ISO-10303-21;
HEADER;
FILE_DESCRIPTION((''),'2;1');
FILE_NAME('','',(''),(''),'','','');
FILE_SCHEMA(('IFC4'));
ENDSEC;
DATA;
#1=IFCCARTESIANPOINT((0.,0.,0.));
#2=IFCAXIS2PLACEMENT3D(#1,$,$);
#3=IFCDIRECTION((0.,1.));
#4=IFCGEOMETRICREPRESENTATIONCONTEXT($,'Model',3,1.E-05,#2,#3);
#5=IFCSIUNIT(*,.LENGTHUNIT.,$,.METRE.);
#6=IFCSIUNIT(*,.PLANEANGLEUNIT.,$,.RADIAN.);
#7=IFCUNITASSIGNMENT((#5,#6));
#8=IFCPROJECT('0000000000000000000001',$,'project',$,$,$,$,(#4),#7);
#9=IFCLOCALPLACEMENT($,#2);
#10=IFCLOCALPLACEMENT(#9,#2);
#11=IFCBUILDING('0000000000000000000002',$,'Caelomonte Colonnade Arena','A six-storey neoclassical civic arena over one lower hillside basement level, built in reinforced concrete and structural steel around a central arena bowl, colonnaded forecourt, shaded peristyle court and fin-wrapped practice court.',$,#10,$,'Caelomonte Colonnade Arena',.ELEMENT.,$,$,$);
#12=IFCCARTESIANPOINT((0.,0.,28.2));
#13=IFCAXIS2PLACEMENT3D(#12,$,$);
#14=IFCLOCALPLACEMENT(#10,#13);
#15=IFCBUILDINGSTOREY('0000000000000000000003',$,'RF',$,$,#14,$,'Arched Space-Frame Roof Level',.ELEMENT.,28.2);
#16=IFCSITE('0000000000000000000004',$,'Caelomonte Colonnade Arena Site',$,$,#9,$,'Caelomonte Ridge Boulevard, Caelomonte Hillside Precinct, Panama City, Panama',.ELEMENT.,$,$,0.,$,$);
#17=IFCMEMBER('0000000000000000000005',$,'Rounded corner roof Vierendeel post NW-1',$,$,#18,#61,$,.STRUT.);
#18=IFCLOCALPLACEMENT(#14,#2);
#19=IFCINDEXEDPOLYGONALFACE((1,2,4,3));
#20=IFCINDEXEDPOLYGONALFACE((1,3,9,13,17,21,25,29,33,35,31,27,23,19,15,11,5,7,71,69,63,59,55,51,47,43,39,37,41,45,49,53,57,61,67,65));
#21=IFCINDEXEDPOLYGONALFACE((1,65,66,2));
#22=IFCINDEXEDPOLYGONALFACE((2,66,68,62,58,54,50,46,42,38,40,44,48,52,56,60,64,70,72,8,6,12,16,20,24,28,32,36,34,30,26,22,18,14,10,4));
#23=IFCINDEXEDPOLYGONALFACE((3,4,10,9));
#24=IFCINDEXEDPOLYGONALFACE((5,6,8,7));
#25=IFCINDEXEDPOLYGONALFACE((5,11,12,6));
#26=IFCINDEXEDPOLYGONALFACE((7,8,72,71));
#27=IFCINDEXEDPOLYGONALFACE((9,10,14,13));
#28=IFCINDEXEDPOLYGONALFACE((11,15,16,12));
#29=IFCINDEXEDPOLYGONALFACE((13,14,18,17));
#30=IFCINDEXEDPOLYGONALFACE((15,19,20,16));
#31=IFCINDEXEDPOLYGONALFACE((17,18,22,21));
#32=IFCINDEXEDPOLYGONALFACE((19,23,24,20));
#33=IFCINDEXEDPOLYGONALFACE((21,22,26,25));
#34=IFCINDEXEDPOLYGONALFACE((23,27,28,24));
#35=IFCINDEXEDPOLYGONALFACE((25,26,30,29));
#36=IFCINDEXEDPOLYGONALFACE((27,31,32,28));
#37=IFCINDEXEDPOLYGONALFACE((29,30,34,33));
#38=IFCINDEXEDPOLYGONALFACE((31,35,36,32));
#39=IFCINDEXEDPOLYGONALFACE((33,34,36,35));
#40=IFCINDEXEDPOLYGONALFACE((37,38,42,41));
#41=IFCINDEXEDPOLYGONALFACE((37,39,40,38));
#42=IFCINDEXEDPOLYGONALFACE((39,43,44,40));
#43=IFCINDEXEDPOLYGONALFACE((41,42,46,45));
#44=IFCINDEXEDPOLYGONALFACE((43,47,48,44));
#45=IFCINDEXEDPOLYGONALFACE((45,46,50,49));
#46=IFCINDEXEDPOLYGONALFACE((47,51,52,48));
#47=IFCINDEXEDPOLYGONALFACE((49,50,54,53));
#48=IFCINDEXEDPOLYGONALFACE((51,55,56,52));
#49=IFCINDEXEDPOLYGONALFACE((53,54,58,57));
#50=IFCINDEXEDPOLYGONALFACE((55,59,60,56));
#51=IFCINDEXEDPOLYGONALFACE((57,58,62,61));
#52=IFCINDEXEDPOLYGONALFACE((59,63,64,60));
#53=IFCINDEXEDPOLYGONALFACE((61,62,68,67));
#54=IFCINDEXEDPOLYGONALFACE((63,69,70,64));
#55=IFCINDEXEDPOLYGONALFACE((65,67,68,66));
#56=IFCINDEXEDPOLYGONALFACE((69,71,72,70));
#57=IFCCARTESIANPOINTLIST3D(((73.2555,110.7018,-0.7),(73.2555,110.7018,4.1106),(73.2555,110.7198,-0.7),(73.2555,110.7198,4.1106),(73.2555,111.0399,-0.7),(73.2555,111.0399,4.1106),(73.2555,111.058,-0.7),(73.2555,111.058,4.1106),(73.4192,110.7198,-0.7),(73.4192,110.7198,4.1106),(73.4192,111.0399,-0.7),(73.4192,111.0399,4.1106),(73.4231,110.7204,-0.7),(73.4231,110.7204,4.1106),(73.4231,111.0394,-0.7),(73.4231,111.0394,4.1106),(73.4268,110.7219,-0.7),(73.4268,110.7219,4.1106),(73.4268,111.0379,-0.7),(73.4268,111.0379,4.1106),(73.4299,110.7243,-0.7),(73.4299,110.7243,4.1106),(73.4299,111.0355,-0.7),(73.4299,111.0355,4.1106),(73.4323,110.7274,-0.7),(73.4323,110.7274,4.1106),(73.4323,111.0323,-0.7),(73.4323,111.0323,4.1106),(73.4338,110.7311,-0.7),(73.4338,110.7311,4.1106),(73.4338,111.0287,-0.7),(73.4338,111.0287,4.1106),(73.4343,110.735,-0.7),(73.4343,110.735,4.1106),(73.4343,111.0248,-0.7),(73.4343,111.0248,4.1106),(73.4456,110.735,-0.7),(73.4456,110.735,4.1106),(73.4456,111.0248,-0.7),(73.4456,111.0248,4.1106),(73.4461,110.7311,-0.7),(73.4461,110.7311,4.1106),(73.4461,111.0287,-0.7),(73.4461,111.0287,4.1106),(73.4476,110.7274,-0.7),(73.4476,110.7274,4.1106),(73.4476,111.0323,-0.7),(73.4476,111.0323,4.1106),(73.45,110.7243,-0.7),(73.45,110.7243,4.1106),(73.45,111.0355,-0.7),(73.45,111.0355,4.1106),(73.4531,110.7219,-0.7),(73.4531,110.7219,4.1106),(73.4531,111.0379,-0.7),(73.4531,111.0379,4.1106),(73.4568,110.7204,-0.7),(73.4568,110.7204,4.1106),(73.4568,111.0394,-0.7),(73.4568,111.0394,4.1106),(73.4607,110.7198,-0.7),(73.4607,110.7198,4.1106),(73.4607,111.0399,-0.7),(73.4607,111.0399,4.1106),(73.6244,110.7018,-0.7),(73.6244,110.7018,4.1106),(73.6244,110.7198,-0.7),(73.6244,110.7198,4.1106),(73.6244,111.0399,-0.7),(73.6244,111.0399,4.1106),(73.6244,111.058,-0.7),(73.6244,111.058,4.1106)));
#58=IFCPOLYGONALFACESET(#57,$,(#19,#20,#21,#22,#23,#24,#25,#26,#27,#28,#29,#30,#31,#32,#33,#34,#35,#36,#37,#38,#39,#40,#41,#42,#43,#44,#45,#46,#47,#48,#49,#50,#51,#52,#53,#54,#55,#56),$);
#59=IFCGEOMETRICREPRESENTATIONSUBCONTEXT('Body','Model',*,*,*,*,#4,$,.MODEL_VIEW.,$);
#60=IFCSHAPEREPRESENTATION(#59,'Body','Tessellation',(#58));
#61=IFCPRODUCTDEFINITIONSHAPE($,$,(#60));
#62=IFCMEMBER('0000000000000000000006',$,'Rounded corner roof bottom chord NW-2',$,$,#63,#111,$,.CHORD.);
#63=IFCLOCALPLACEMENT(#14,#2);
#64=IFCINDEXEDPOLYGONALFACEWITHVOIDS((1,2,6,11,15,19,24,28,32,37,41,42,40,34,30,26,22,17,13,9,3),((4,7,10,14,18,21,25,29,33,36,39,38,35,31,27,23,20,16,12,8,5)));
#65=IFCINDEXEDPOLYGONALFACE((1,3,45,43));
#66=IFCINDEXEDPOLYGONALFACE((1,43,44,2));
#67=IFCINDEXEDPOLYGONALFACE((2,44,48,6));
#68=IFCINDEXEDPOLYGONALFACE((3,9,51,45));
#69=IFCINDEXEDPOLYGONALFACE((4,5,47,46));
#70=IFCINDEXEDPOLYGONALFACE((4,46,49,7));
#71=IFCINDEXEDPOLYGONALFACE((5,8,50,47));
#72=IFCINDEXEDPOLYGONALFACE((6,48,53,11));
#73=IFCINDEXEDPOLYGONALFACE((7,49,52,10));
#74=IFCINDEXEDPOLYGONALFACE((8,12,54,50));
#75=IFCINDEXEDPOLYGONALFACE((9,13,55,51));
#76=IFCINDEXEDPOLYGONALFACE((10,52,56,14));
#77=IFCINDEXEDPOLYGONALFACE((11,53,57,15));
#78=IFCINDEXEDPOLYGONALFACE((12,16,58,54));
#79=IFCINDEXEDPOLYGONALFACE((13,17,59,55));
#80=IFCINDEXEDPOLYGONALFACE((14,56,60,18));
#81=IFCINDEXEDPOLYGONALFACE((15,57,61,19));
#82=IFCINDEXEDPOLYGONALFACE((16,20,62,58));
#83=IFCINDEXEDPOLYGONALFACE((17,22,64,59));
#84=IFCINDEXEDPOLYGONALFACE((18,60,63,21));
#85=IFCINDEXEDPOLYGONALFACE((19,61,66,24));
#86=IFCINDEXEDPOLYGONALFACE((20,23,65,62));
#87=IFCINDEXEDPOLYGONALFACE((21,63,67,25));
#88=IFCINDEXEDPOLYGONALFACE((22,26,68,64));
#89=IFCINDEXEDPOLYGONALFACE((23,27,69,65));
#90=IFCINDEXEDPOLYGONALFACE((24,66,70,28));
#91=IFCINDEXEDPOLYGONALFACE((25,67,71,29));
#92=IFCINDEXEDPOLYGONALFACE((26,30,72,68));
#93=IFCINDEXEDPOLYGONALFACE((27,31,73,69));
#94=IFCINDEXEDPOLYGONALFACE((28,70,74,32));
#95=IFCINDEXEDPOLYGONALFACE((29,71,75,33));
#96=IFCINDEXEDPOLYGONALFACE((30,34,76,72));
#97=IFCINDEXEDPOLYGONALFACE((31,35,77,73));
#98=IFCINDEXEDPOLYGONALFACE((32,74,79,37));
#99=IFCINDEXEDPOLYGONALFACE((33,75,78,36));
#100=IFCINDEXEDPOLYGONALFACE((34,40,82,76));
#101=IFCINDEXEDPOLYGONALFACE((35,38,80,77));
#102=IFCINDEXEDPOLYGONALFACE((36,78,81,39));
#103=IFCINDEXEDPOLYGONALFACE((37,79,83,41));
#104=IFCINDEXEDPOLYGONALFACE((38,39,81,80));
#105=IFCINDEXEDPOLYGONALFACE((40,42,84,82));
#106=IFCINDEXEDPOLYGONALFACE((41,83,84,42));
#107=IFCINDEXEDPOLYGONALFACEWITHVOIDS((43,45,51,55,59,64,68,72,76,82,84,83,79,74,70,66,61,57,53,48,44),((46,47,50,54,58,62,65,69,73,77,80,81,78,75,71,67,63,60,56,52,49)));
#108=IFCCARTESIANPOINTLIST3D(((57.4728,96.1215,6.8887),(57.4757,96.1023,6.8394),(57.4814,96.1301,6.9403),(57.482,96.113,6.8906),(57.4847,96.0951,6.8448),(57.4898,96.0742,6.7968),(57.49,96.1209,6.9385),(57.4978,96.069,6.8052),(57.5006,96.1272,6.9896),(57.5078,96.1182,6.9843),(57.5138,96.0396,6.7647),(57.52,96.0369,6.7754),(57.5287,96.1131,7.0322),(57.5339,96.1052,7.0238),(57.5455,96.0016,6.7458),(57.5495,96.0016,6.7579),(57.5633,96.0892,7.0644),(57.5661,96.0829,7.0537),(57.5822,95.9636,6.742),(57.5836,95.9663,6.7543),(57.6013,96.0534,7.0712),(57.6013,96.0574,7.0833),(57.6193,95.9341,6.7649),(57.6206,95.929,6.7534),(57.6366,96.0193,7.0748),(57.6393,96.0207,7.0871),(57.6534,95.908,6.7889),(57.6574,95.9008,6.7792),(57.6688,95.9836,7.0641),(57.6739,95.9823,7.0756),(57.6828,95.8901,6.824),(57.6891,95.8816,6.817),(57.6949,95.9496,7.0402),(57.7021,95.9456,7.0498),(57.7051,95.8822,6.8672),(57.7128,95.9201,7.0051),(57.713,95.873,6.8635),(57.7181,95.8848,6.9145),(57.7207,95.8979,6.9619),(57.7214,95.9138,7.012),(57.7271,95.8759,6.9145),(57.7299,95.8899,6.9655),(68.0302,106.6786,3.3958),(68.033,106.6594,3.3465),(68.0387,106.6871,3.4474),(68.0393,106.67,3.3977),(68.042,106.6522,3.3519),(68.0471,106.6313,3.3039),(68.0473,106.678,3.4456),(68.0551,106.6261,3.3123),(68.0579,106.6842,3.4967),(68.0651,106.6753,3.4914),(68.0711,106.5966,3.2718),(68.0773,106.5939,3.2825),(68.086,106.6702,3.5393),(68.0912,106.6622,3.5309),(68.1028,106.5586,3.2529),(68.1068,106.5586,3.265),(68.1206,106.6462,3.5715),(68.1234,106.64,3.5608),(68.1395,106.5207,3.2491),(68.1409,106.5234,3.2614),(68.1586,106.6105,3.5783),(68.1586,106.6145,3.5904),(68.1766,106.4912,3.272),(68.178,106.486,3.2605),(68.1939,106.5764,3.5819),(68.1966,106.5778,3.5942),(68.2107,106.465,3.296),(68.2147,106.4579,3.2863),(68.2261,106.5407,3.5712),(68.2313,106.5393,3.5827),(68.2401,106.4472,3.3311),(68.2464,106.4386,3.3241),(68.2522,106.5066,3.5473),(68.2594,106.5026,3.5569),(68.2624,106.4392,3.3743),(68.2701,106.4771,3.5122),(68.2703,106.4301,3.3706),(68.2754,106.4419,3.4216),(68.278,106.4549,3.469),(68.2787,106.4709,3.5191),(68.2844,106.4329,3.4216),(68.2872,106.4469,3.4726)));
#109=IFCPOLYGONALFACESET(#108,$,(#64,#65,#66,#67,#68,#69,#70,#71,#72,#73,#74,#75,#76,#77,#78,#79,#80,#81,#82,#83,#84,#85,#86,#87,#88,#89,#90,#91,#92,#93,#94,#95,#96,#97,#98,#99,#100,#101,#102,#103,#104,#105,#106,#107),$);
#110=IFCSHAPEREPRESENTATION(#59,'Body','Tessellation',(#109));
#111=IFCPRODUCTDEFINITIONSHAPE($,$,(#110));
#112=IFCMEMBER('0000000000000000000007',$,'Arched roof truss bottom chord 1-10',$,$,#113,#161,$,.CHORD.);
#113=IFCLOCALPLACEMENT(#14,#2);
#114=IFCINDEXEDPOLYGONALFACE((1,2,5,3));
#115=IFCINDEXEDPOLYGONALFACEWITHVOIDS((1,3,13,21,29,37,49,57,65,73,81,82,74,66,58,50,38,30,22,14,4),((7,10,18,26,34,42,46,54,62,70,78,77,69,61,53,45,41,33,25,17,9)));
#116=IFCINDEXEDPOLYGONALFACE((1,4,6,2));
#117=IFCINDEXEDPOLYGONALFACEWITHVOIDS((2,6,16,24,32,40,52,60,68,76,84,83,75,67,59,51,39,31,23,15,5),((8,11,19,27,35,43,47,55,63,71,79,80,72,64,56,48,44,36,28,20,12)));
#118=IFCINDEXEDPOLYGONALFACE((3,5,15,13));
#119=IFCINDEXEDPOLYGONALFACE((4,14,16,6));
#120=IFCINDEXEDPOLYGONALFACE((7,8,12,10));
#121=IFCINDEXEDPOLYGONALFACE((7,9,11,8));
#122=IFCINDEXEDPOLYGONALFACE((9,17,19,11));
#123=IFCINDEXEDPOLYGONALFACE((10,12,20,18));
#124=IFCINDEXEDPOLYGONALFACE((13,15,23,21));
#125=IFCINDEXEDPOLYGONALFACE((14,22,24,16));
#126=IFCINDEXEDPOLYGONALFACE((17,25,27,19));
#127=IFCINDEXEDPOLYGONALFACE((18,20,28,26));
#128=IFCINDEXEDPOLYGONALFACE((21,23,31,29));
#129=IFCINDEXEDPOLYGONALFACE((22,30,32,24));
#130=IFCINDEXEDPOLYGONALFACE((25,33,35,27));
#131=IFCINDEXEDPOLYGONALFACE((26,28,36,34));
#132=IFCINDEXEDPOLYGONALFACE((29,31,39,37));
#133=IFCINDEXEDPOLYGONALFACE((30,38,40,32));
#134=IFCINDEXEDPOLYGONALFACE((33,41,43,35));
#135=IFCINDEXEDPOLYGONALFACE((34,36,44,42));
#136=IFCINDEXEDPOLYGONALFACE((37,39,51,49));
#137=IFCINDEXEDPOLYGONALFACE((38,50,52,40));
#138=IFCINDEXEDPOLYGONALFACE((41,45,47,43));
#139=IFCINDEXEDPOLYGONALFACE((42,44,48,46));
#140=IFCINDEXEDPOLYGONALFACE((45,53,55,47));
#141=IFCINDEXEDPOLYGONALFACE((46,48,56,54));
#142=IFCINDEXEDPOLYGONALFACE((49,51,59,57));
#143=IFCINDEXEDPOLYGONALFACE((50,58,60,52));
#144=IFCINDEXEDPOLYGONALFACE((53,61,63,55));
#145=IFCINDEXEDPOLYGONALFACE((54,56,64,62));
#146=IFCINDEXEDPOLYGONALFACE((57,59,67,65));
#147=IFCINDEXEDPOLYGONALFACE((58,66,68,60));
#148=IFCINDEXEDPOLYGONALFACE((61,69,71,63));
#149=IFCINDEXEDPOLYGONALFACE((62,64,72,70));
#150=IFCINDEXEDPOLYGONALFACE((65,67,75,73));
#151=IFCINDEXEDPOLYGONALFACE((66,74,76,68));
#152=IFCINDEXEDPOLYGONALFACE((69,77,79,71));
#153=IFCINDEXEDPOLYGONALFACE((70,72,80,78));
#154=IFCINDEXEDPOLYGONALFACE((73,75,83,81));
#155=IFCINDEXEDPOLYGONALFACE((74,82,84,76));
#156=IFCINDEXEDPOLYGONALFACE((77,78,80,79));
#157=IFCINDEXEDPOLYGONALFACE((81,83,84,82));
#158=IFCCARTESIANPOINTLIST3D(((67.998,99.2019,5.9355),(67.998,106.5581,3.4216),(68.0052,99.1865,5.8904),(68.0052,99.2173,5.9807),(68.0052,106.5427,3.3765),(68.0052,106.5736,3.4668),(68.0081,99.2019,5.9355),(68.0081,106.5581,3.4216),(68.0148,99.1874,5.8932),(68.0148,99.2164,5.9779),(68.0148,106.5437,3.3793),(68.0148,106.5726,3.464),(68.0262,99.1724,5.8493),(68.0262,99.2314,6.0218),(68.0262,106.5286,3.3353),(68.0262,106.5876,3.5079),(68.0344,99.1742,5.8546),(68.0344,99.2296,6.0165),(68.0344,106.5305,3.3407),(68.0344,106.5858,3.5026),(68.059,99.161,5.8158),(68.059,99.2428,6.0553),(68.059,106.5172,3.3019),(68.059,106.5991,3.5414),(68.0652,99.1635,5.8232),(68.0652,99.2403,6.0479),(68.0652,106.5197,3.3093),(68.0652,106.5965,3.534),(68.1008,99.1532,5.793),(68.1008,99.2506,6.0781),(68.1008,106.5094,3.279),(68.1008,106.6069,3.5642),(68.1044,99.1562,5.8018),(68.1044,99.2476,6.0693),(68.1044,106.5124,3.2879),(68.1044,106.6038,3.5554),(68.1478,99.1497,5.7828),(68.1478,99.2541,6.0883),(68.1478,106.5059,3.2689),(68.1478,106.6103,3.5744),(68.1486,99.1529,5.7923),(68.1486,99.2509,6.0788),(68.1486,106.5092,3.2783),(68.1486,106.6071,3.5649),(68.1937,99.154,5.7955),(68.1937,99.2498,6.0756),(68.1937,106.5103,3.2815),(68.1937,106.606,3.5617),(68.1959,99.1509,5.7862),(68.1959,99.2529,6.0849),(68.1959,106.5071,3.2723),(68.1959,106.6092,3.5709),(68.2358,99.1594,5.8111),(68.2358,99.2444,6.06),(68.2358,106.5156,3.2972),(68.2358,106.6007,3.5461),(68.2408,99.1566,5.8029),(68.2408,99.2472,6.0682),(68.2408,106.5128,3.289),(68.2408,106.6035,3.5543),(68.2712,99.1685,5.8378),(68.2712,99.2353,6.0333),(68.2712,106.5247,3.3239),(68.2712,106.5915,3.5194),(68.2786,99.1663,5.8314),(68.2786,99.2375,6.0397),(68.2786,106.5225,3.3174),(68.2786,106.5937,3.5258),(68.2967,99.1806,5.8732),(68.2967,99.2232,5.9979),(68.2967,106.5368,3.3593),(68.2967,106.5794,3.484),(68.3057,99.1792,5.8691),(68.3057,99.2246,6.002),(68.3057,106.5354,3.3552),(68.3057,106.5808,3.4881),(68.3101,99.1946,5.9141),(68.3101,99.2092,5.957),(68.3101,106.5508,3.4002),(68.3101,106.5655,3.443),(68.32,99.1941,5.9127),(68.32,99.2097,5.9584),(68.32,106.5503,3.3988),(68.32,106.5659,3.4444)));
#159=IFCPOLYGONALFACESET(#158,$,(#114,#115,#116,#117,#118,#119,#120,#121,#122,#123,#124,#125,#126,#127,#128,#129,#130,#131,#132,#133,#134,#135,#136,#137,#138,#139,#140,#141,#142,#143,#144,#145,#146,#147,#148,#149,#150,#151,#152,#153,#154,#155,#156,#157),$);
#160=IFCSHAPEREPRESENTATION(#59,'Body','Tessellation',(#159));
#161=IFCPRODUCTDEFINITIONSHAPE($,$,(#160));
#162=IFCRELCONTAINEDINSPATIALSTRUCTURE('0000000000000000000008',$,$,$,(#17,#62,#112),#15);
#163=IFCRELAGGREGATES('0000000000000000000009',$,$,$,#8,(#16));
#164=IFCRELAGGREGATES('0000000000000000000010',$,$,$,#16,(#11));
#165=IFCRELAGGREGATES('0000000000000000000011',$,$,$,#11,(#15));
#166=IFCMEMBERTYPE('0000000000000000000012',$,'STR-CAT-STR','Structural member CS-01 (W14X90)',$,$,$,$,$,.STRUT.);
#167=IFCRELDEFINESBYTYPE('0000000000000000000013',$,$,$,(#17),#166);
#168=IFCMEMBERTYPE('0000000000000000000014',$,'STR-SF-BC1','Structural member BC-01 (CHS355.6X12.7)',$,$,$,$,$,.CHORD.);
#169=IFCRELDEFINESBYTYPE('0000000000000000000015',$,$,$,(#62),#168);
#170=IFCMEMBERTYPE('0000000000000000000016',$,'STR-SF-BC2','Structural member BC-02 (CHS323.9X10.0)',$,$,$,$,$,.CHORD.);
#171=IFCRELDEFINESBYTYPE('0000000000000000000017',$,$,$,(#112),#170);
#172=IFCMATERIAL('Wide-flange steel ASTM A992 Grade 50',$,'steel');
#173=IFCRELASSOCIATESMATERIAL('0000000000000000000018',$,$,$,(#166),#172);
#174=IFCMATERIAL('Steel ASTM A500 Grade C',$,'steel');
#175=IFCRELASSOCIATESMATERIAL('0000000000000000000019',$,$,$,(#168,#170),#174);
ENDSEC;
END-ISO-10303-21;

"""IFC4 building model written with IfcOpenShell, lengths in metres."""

from ifc_helpers import new_model, si_unit, direction, frame, origin, origin_2d, place, context, subcontext, project, spatial, hollow_circle, i_section, extrude, material, material_profile, profile_set, type_object, element, save


model = new_model("IFC4")

# Units and contexts
model_context = context("Model", 3, precision=1e-05, world=origin(), true_north=direction((0.0, 1.0)))
body_context = subcontext(model_context, "Body", "Model", "MODEL_VIEW")
ifc_project = project(units=[si_unit("LENGTHUNIT", "METRE"), si_unit("PLANEANGLEUNIT", "RADIAN")], contexts=[model_context])

# Site, building, storey
site_placement = place(None, origin())
site = spatial("IfcSite", under=ifc_project, at=site_placement, Name="Caelomonte Colonnade Arena Site", LongName="Caelomonte Ridge Boulevard, Caelomonte Hillside Precinct, Panama City, Panama", CompositionType="ELEMENT", RefElevation=0.0)
building_placement = place(site_placement, origin())
building = spatial("IfcBuilding", under=site, at=building_placement, Name="Caelomonte Colonnade Arena", Description="A six-storey neoclassical civic arena over one lower hillside basement level, built in reinforced concrete and structural steel around a central arena bowl, colonnaded forecourt, shaded peristyle court and fin-wrapped practice court.", LongName="Caelomonte Colonnade Arena", CompositionType="ELEMENT")
storey_placement = place(building_placement, frame((0.0, 0.0, 28.2)))
storey = spatial("IfcBuildingStorey", under=building, at=storey_placement, Name="RF", LongName="Arched Space-Frame Roof Level", CompositionType="ELEMENT", Elevation=28.2)

# Shared definitions
ifc_material_1 = material(Name="Wide-flange steel ASTM A992 Grade 50", Category="steel")

# Members
ifc_material_profile_1 = material_profile(ifc_material_1, i_section(OverallWidth=0.3689, OverallDepth=0.3562, WebThickness=0.0112, FlangeThickness=0.0181, FilletRadius=0.0151, at=origin_2d()), Name="W14X90")
ifc_profile_set_1 = profile_set([ifc_material_profile_1], Name="Wide-flange steel ASTM A992 Grade 50")
member_type_1 = type_object("IfcMemberType", Name="STR-CAT-STR", Description="Structural member CS-01 (W14X90)", PredefinedType="STRUT", material=ifc_profile_set_1)
member_1_placement = place(storey_placement, frame((73.4399, 110.8799, -0.7), z_axis=(0.0, 0.0, 1.0), x_axis=(1.0, 0.0, 0.0)))
element("IfcMember", 1, at=member_1_placement, inside=storey, type_object=member_type_1, Name="Rounded corner roof Vierendeel post NW-1", PredefinedType="STRUT", context=body_context, shape_type="SweptSolid", body=[
    extrude(i_section(OverallWidth=0.3689, OverallDepth=0.3562, WebThickness=0.0112, FlangeThickness=0.0181, FilletRadius=0.0151, at=origin_2d()), origin(), (0.0, 0.0, 1.0), 4.8105),
])
ifc_material_2 = material(Name="Steel ASTM A500 Grade C", Category="steel")
ifc_material_profile_2 = material_profile(ifc_material_2, hollow_circle(Radius=0.1777, WallThickness=0.0127, at=origin_2d()), Name="CHS355.6X12.7")
ifc_profile_set_2 = profile_set([ifc_material_profile_2], Name="Steel ASTM A500 Grade C")
member_type_2 = type_object("IfcMemberType", Name="STR-SF-BC1", Description="Structural member BC-01 (CHS355.6X12.7)", PredefinedType="CHORD", material=ifc_profile_set_2)
member_2_placement = place(storey_placement, frame((68.1587, 106.5586, 3.4216), z_axis=(-0.688524, -0.688508, 0.227799), x_axis=(0.707099, -0.707115, 0.0)))
element("IfcMember", 2, at=member_2_placement, inside=storey, type_object=member_type_2, Name="Rounded corner roof bottom chord NW-2", PredefinedType="CHORD", context=body_context, shape_type="SweptSolid", body=[
    extrude(hollow_circle(Radius=0.1777, WallThickness=0.0127, at=origin_2d()), origin(), (0.0, 0.0, 1.0), 15.3333),
])
ifc_material_profile_3 = material_profile(ifc_material_2, hollow_circle(Radius=0.1619, WallThickness=0.01, at=origin_2d()), Name="CHS323.9X10.0")
ifc_profile_set_3 = profile_set([ifc_material_profile_3], Name="Steel ASTM A500 Grade C")
member_type_3 = type_object("IfcMemberType", Name="STR-SF-BC2", Description="Structural member BC-02 (CHS323.9X10.0)", PredefinedType="CHORD", material=ifc_profile_set_3)
member_3_placement = place(storey_placement, frame((68.1599, 99.2019, 5.9355), z_axis=(0.0, 0.946269, -0.323379), x_axis=(-1.0, 0.0, 0.0)))
element("IfcMember", 3, at=member_3_placement, inside=storey, type_object=member_type_3, Name="Arched roof truss bottom chord 1-10", PredefinedType="CHORD", context=body_context, shape_type="SweptSolid", body=[
    extrude(hollow_circle(Radius=0.1619, WallThickness=0.01, at=origin_2d()), origin(), (0.0, 0.0, 1.0), 7.7739),
])

save(model, "model.ifc")
